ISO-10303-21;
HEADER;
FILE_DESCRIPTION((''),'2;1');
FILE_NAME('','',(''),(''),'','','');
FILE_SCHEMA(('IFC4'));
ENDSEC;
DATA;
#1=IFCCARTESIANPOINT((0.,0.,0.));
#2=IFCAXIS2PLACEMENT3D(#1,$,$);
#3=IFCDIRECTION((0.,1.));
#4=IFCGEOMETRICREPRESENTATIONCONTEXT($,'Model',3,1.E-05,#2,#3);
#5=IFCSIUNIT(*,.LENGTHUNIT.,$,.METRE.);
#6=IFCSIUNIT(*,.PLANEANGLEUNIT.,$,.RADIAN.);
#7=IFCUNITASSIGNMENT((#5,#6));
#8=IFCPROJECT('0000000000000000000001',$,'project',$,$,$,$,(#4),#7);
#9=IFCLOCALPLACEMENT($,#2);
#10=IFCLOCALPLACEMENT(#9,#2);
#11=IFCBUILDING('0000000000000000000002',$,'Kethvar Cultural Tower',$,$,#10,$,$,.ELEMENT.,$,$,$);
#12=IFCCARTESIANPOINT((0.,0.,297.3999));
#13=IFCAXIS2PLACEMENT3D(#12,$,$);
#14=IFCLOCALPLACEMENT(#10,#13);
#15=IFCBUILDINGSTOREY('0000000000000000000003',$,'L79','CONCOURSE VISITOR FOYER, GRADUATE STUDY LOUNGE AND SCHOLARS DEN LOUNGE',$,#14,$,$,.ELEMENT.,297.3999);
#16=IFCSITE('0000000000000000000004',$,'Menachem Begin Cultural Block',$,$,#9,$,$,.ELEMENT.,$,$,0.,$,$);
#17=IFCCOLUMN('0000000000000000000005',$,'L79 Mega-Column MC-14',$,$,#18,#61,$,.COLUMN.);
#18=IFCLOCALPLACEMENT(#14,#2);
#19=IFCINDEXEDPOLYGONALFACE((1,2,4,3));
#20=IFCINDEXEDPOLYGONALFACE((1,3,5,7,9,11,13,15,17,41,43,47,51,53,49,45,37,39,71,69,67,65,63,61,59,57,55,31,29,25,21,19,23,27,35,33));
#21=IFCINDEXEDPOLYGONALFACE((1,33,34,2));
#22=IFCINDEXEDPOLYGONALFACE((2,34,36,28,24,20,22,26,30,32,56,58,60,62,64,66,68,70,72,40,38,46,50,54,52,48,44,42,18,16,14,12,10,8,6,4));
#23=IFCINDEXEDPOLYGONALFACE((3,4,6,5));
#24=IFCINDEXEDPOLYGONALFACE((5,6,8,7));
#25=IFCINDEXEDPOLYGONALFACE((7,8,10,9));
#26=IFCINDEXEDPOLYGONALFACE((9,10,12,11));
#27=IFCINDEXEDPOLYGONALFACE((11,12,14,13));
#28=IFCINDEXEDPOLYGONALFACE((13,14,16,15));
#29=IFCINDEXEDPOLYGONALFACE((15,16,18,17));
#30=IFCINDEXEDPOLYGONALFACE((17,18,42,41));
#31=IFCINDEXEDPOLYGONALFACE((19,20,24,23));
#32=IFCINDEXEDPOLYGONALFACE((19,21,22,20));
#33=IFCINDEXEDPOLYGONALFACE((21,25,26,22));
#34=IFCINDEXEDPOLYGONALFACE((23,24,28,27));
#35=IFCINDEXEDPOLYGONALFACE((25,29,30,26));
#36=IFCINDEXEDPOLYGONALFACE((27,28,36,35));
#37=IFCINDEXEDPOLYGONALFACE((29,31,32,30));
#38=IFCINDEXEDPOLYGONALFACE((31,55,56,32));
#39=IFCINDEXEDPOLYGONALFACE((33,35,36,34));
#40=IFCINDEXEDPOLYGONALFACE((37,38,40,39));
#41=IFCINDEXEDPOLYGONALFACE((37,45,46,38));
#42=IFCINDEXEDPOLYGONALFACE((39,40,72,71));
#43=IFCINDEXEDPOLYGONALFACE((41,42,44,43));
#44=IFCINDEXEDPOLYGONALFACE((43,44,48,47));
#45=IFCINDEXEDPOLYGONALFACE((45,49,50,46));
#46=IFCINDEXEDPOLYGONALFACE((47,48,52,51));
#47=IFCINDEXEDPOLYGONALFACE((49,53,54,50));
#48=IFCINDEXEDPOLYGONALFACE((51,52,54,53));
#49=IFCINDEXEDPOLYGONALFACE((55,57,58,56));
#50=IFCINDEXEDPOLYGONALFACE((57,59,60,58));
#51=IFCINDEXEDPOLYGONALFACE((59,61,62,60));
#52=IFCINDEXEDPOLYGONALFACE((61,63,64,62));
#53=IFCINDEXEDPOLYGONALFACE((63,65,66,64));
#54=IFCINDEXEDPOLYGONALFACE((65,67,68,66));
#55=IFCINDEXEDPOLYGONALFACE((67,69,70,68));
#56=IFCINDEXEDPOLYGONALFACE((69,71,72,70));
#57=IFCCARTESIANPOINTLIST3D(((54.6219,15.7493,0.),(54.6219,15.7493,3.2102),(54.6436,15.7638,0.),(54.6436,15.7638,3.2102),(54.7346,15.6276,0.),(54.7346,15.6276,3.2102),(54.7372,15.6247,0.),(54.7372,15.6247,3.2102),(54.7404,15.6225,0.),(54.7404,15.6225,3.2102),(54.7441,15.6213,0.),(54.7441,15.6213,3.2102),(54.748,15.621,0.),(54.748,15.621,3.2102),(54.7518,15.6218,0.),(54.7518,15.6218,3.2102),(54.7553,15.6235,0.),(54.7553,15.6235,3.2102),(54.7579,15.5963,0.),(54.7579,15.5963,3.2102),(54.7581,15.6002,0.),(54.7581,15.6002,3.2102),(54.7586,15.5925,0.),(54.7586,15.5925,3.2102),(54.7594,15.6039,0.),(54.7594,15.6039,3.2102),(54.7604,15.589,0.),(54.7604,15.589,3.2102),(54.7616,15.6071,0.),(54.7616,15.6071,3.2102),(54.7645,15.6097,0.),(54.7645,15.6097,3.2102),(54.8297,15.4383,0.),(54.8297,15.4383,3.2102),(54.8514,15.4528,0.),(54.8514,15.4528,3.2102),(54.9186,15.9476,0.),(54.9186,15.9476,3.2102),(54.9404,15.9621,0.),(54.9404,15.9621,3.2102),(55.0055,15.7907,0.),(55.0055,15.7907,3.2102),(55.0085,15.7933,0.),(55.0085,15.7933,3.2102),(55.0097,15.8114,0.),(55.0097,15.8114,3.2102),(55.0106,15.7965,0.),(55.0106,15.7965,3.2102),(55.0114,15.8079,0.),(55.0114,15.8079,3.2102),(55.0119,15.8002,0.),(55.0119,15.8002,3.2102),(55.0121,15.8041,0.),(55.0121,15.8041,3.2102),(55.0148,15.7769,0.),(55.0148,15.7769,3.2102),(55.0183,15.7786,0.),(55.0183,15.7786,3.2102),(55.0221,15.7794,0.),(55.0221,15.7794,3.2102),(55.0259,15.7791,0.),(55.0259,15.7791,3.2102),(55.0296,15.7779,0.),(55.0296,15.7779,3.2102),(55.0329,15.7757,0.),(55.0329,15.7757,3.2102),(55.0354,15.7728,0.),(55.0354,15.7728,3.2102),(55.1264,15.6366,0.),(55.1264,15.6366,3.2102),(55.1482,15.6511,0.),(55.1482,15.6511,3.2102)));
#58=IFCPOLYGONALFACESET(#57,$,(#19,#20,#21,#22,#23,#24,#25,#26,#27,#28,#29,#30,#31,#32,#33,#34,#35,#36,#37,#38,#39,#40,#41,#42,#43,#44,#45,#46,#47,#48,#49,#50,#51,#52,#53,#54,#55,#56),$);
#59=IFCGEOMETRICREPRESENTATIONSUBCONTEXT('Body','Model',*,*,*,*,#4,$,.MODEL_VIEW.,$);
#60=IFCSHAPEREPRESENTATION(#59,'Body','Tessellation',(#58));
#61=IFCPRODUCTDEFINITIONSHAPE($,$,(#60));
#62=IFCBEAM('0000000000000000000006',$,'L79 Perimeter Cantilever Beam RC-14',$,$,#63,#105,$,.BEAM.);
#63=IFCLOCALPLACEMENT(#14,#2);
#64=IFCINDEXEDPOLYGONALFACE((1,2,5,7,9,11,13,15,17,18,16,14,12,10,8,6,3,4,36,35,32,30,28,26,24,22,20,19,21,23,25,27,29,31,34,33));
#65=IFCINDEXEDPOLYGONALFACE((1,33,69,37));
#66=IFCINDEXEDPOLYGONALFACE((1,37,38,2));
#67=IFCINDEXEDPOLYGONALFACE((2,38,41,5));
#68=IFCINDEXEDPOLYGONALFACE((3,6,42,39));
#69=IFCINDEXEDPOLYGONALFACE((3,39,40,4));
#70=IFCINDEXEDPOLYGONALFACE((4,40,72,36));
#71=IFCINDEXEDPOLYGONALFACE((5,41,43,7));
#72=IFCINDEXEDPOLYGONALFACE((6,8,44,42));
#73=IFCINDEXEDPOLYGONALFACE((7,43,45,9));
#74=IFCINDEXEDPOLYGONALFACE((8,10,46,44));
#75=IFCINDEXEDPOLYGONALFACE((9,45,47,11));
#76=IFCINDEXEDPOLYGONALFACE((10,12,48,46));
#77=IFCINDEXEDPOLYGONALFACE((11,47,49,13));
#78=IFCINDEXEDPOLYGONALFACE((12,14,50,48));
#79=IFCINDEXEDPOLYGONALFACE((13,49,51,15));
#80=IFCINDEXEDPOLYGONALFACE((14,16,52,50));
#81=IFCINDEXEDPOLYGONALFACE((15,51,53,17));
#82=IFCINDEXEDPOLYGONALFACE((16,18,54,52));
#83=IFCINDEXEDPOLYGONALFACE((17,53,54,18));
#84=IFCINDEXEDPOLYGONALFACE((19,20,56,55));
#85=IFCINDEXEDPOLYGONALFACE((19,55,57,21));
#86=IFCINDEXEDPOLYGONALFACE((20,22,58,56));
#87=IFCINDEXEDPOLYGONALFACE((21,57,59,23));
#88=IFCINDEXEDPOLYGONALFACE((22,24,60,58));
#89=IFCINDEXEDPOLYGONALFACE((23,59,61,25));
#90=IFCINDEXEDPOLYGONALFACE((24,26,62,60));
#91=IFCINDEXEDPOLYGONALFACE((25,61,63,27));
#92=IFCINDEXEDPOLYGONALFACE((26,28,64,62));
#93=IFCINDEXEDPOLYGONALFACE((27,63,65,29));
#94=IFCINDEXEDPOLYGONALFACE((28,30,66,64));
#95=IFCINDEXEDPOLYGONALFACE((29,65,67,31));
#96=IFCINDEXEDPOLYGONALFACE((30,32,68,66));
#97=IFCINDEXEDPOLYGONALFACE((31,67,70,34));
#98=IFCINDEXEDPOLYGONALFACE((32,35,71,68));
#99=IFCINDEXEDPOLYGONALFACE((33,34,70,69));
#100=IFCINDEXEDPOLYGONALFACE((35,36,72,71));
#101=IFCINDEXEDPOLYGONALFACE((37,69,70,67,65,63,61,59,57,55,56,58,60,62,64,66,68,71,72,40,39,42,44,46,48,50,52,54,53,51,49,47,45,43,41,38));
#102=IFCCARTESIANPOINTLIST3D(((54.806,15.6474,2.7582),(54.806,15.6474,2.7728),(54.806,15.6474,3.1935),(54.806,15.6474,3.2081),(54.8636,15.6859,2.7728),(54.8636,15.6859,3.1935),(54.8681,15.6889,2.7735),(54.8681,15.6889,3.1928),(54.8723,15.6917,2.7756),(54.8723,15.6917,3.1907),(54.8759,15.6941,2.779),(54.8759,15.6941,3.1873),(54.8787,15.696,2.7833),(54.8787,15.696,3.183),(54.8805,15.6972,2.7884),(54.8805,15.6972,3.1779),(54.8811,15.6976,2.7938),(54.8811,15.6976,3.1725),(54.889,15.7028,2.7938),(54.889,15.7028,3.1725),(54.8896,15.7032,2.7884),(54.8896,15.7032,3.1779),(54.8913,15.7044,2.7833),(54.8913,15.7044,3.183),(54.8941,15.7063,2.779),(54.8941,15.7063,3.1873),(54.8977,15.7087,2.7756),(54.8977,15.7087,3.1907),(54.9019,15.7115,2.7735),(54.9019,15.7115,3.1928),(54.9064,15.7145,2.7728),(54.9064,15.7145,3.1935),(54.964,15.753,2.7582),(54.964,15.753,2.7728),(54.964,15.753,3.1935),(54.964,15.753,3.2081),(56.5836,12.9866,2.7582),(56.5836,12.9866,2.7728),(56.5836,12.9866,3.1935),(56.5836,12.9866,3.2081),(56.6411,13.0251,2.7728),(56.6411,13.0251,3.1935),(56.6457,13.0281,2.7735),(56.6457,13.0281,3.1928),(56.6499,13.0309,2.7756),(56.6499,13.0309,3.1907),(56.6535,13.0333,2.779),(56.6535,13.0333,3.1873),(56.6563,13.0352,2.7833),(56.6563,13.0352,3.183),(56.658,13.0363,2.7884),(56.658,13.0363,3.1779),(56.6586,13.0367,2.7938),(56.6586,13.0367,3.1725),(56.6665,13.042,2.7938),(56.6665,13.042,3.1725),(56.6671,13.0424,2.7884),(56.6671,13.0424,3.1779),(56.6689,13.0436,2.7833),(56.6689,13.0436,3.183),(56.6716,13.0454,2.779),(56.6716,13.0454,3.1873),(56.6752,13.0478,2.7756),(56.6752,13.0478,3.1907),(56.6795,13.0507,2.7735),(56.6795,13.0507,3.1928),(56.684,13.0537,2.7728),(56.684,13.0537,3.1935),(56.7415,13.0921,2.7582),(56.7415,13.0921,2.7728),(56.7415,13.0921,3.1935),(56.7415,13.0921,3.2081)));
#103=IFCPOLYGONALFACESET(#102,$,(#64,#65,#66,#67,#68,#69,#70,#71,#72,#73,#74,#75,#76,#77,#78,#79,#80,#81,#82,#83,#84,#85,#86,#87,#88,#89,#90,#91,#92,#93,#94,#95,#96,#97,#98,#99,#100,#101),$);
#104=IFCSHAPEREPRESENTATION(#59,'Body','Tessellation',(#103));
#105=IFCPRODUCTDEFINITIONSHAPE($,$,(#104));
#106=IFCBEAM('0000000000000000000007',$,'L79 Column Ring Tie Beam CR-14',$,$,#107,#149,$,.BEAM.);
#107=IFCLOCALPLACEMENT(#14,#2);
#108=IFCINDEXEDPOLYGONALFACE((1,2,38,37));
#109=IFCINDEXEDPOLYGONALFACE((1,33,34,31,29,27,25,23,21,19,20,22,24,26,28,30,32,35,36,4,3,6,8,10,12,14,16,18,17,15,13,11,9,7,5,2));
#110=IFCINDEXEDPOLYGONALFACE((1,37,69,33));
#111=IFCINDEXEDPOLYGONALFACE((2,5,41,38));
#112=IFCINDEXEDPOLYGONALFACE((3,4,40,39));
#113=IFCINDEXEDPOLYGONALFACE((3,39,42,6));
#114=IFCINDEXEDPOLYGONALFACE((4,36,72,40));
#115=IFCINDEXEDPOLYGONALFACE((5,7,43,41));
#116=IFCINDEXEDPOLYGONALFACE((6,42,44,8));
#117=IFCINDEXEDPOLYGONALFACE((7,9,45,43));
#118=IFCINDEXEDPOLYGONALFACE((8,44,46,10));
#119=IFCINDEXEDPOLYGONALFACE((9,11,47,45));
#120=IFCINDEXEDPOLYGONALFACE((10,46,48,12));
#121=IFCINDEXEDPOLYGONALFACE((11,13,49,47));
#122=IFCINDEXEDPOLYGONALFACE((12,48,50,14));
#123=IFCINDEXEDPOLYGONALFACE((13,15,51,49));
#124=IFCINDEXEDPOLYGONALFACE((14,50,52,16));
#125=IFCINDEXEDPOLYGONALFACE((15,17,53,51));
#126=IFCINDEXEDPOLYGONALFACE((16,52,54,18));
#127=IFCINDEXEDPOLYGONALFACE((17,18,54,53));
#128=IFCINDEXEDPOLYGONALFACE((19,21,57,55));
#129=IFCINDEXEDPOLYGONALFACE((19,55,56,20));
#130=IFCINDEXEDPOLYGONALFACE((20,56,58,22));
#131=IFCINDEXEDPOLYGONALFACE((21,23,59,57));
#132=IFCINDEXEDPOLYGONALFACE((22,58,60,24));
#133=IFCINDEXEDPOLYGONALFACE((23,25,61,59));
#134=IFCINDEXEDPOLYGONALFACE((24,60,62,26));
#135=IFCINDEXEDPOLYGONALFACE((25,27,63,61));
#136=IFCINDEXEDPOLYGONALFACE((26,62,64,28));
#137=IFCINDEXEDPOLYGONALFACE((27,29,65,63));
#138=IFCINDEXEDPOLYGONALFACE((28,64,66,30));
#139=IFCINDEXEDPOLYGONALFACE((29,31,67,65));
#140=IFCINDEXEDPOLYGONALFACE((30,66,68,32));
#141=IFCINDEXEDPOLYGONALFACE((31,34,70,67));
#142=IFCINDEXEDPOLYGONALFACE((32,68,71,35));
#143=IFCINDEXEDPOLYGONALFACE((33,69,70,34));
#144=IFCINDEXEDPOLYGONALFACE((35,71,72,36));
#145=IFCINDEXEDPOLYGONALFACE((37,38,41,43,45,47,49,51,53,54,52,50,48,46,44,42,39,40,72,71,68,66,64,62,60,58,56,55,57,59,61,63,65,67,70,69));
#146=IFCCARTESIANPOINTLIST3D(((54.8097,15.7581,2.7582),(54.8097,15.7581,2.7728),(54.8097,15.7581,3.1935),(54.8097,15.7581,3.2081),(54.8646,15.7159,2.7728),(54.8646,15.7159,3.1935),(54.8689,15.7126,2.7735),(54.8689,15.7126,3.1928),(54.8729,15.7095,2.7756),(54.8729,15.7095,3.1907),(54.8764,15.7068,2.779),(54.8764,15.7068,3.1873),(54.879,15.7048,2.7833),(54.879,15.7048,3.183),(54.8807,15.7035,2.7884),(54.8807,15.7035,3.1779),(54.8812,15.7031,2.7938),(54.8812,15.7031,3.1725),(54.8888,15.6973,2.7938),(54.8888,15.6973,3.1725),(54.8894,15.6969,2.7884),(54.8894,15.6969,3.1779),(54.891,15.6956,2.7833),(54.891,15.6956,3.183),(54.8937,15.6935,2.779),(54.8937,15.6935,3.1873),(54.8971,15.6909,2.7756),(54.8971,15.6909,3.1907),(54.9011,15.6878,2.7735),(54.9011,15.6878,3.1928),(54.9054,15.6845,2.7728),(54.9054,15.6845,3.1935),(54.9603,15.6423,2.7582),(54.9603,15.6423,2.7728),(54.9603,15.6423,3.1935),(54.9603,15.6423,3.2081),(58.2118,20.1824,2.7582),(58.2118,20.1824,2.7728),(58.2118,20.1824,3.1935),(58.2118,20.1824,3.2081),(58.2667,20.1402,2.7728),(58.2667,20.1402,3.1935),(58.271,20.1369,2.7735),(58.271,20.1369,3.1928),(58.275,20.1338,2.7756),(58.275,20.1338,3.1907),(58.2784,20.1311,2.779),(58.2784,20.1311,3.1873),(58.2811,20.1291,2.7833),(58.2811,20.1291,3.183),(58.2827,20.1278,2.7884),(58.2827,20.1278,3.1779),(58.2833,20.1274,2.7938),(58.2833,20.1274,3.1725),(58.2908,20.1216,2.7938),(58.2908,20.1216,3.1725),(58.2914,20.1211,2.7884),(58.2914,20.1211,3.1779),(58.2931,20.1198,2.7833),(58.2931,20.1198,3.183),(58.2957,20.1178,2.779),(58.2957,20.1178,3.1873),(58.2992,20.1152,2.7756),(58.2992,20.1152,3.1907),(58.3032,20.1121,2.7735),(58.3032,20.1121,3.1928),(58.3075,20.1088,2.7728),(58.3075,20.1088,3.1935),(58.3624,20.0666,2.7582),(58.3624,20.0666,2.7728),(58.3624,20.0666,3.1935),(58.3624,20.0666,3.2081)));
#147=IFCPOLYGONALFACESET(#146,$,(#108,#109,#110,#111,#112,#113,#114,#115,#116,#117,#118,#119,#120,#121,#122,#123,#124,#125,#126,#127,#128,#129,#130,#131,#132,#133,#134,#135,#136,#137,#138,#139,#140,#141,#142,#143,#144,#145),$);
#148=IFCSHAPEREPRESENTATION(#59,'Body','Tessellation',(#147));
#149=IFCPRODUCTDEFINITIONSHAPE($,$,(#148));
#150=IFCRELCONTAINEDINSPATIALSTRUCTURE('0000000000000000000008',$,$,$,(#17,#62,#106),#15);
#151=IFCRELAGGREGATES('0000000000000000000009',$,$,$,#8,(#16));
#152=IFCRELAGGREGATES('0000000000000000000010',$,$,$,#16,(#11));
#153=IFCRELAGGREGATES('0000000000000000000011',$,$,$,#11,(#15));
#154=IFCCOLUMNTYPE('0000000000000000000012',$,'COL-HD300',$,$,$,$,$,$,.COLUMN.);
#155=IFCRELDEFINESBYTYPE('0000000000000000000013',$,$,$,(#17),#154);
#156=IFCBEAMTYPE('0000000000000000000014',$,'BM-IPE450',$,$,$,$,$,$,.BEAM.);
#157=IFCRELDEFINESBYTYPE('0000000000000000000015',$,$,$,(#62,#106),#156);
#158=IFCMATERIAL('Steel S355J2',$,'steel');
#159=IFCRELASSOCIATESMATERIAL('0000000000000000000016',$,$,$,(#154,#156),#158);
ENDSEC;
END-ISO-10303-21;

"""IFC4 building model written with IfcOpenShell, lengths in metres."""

from ifc_helpers import new_model, si_unit, direction, frame, origin, origin_2d, place, context, subcontext, project, spatial, i_section, extrude, source, transform, mapped, material, material_profile, profile_set, type_object, element, save


model = new_model("IFC4")

# Units and contexts
model_context = context("Model", 3, precision=1e-05, world=origin(), true_north=direction((0.0, 1.0)))
body_context = subcontext(model_context, "Body", "Model", "MODEL_VIEW")
ifc_project = project(units=[si_unit("LENGTHUNIT", "METRE"), si_unit("PLANEANGLEUNIT", "RADIAN")], contexts=[model_context])

# Site, building, storey
site_placement = place(None, origin())
site = spatial("IfcSite", under=ifc_project, at=site_placement, Name="Menachem Begin Cultural Block", CompositionType="ELEMENT", RefElevation=0.0)
building_placement = place(site_placement, origin())
building = spatial("IfcBuilding", under=site, at=building_placement, Name="Kethvar Cultural Tower", CompositionType="ELEMENT")
storey_placement = place(building_placement, frame((0.0, 0.0, 297.3999)))
storey = spatial("IfcBuildingStorey", under=building, at=storey_placement, Name="L79", Description="CONCOURSE VISITOR FOYER, GRADUATE STUDY LOUNGE AND SCHOLARS DEN LOUNGE", CompositionType="ELEMENT", Elevation=297.3999)

# Column
ifc_material_1 = material(Name="Steel S355J2", Category="steel")
ifc_material_profile_1 = material_profile(ifc_material_1, i_section(OverallWidth=0.374, OverallDepth=0.3831, WebThickness=0.0166, FlangeThickness=0.0261, FilletRadius=0.0149, at=origin_2d()), Name="Steel S355J2 — HD360x300")
ifc_profile_set_1 = profile_set([ifc_material_profile_1], Name="Steel S355J2 — HD360x300")
column_type = type_object("IfcColumnType", Name="COL-HD300", PredefinedType="COLUMN", material=ifc_profile_set_1)
shared_shape_1 = source(origin(), body_context, "Body", "SweptSolid", [
    extrude(i_section(OverallWidth=0.374, OverallDepth=0.3831, WebThickness=0.0166, FlangeThickness=0.0261, FilletRadius=0.0149, at=origin_2d()), origin(), (0.0, 0.0, 1.0), 3.2102),
])
column_placement = place(storey_placement, frame((54.885, 15.7002, 0.0), z_axis=(0.0, 0.0, 1.0), x_axis=(0.55557, -0.83147, 0.0)))
element("IfcColumn", 1, at=column_placement, inside=storey, type_object=column_type, Name="L79 Mega-Column MC-14", PredefinedType="COLUMN", context=body_context, shape_type="MappedRepresentation", body=[
    mapped(shared_shape_1, transform((0.0, 0.0, 0.0), scale=1.0)),
])

# Beams
ifc_material_profile_2 = material_profile(ifc_material_1, i_section(OverallWidth=0.1899, OverallDepth=0.45, WebThickness=0.0095, FlangeThickness=0.0146, FilletRadius=0.021, at=origin_2d()), Name="Steel S355J2 — IPE450")
ifc_profile_set_2 = profile_set([ifc_material_profile_2], Name="Steel S355J2 — IPE450")
beam_type_1 = type_object("IfcBeamType", Name="BM-IPE450", PredefinedType="BEAM", material=ifc_profile_set_2)
shared_shape_2 = source(origin(), body_context, "Body", "SweptSolid", [
    extrude(i_section(OverallWidth=0.1899, OverallDepth=0.45, WebThickness=0.0095, FlangeThickness=0.0146, FilletRadius=0.021, at=origin_2d()), origin(), (0.0, 0.0, 1.0), 3.2),
])
beam_1_placement = place(storey_placement, frame((54.885, 15.7002, 2.9832), z_axis=(0.555492, -0.831522, 0.0), x_axis=(0.831522, 0.555492, 0.0)))
element("IfcBeam", 2, at=beam_1_placement, inside=storey, type_object=beam_type_1, Name="L79 Perimeter Cantilever Beam RC-14", PredefinedType="BEAM", context=body_context, shape_type="MappedRepresentation", body=[
    mapped(shared_shape_2, transform((0.0, 0.0, 0.0), scale=1.0)),
])
shared_shape_3 = source(origin(), body_context, "Body", "SweptSolid", [
    extrude(i_section(OverallWidth=0.1899, OverallDepth=0.45, WebThickness=0.0095, FlangeThickness=0.0146, FilletRadius=0.021, at=origin_2d()), origin(), (0.0, 0.0, 1.0), 5.5811),
])
beam_2_placement = place(storey_placement, frame((54.885, 15.7002, 2.9832), z_axis=(0.609573, 0.79273, 0.0), x_axis=(-0.79273, 0.609573, 0.0)))
element("IfcBeam", 3, at=beam_2_placement, inside=storey, type_object=beam_type_1, Name="L79 Column Ring Tie Beam CR-14", PredefinedType="BEAM", context=body_context, shape_type="MappedRepresentation", body=[
    mapped(shared_shape_3, transform((0.0, 0.0, 0.0), scale=1.0)),
])

save(model, "model.ifc")
